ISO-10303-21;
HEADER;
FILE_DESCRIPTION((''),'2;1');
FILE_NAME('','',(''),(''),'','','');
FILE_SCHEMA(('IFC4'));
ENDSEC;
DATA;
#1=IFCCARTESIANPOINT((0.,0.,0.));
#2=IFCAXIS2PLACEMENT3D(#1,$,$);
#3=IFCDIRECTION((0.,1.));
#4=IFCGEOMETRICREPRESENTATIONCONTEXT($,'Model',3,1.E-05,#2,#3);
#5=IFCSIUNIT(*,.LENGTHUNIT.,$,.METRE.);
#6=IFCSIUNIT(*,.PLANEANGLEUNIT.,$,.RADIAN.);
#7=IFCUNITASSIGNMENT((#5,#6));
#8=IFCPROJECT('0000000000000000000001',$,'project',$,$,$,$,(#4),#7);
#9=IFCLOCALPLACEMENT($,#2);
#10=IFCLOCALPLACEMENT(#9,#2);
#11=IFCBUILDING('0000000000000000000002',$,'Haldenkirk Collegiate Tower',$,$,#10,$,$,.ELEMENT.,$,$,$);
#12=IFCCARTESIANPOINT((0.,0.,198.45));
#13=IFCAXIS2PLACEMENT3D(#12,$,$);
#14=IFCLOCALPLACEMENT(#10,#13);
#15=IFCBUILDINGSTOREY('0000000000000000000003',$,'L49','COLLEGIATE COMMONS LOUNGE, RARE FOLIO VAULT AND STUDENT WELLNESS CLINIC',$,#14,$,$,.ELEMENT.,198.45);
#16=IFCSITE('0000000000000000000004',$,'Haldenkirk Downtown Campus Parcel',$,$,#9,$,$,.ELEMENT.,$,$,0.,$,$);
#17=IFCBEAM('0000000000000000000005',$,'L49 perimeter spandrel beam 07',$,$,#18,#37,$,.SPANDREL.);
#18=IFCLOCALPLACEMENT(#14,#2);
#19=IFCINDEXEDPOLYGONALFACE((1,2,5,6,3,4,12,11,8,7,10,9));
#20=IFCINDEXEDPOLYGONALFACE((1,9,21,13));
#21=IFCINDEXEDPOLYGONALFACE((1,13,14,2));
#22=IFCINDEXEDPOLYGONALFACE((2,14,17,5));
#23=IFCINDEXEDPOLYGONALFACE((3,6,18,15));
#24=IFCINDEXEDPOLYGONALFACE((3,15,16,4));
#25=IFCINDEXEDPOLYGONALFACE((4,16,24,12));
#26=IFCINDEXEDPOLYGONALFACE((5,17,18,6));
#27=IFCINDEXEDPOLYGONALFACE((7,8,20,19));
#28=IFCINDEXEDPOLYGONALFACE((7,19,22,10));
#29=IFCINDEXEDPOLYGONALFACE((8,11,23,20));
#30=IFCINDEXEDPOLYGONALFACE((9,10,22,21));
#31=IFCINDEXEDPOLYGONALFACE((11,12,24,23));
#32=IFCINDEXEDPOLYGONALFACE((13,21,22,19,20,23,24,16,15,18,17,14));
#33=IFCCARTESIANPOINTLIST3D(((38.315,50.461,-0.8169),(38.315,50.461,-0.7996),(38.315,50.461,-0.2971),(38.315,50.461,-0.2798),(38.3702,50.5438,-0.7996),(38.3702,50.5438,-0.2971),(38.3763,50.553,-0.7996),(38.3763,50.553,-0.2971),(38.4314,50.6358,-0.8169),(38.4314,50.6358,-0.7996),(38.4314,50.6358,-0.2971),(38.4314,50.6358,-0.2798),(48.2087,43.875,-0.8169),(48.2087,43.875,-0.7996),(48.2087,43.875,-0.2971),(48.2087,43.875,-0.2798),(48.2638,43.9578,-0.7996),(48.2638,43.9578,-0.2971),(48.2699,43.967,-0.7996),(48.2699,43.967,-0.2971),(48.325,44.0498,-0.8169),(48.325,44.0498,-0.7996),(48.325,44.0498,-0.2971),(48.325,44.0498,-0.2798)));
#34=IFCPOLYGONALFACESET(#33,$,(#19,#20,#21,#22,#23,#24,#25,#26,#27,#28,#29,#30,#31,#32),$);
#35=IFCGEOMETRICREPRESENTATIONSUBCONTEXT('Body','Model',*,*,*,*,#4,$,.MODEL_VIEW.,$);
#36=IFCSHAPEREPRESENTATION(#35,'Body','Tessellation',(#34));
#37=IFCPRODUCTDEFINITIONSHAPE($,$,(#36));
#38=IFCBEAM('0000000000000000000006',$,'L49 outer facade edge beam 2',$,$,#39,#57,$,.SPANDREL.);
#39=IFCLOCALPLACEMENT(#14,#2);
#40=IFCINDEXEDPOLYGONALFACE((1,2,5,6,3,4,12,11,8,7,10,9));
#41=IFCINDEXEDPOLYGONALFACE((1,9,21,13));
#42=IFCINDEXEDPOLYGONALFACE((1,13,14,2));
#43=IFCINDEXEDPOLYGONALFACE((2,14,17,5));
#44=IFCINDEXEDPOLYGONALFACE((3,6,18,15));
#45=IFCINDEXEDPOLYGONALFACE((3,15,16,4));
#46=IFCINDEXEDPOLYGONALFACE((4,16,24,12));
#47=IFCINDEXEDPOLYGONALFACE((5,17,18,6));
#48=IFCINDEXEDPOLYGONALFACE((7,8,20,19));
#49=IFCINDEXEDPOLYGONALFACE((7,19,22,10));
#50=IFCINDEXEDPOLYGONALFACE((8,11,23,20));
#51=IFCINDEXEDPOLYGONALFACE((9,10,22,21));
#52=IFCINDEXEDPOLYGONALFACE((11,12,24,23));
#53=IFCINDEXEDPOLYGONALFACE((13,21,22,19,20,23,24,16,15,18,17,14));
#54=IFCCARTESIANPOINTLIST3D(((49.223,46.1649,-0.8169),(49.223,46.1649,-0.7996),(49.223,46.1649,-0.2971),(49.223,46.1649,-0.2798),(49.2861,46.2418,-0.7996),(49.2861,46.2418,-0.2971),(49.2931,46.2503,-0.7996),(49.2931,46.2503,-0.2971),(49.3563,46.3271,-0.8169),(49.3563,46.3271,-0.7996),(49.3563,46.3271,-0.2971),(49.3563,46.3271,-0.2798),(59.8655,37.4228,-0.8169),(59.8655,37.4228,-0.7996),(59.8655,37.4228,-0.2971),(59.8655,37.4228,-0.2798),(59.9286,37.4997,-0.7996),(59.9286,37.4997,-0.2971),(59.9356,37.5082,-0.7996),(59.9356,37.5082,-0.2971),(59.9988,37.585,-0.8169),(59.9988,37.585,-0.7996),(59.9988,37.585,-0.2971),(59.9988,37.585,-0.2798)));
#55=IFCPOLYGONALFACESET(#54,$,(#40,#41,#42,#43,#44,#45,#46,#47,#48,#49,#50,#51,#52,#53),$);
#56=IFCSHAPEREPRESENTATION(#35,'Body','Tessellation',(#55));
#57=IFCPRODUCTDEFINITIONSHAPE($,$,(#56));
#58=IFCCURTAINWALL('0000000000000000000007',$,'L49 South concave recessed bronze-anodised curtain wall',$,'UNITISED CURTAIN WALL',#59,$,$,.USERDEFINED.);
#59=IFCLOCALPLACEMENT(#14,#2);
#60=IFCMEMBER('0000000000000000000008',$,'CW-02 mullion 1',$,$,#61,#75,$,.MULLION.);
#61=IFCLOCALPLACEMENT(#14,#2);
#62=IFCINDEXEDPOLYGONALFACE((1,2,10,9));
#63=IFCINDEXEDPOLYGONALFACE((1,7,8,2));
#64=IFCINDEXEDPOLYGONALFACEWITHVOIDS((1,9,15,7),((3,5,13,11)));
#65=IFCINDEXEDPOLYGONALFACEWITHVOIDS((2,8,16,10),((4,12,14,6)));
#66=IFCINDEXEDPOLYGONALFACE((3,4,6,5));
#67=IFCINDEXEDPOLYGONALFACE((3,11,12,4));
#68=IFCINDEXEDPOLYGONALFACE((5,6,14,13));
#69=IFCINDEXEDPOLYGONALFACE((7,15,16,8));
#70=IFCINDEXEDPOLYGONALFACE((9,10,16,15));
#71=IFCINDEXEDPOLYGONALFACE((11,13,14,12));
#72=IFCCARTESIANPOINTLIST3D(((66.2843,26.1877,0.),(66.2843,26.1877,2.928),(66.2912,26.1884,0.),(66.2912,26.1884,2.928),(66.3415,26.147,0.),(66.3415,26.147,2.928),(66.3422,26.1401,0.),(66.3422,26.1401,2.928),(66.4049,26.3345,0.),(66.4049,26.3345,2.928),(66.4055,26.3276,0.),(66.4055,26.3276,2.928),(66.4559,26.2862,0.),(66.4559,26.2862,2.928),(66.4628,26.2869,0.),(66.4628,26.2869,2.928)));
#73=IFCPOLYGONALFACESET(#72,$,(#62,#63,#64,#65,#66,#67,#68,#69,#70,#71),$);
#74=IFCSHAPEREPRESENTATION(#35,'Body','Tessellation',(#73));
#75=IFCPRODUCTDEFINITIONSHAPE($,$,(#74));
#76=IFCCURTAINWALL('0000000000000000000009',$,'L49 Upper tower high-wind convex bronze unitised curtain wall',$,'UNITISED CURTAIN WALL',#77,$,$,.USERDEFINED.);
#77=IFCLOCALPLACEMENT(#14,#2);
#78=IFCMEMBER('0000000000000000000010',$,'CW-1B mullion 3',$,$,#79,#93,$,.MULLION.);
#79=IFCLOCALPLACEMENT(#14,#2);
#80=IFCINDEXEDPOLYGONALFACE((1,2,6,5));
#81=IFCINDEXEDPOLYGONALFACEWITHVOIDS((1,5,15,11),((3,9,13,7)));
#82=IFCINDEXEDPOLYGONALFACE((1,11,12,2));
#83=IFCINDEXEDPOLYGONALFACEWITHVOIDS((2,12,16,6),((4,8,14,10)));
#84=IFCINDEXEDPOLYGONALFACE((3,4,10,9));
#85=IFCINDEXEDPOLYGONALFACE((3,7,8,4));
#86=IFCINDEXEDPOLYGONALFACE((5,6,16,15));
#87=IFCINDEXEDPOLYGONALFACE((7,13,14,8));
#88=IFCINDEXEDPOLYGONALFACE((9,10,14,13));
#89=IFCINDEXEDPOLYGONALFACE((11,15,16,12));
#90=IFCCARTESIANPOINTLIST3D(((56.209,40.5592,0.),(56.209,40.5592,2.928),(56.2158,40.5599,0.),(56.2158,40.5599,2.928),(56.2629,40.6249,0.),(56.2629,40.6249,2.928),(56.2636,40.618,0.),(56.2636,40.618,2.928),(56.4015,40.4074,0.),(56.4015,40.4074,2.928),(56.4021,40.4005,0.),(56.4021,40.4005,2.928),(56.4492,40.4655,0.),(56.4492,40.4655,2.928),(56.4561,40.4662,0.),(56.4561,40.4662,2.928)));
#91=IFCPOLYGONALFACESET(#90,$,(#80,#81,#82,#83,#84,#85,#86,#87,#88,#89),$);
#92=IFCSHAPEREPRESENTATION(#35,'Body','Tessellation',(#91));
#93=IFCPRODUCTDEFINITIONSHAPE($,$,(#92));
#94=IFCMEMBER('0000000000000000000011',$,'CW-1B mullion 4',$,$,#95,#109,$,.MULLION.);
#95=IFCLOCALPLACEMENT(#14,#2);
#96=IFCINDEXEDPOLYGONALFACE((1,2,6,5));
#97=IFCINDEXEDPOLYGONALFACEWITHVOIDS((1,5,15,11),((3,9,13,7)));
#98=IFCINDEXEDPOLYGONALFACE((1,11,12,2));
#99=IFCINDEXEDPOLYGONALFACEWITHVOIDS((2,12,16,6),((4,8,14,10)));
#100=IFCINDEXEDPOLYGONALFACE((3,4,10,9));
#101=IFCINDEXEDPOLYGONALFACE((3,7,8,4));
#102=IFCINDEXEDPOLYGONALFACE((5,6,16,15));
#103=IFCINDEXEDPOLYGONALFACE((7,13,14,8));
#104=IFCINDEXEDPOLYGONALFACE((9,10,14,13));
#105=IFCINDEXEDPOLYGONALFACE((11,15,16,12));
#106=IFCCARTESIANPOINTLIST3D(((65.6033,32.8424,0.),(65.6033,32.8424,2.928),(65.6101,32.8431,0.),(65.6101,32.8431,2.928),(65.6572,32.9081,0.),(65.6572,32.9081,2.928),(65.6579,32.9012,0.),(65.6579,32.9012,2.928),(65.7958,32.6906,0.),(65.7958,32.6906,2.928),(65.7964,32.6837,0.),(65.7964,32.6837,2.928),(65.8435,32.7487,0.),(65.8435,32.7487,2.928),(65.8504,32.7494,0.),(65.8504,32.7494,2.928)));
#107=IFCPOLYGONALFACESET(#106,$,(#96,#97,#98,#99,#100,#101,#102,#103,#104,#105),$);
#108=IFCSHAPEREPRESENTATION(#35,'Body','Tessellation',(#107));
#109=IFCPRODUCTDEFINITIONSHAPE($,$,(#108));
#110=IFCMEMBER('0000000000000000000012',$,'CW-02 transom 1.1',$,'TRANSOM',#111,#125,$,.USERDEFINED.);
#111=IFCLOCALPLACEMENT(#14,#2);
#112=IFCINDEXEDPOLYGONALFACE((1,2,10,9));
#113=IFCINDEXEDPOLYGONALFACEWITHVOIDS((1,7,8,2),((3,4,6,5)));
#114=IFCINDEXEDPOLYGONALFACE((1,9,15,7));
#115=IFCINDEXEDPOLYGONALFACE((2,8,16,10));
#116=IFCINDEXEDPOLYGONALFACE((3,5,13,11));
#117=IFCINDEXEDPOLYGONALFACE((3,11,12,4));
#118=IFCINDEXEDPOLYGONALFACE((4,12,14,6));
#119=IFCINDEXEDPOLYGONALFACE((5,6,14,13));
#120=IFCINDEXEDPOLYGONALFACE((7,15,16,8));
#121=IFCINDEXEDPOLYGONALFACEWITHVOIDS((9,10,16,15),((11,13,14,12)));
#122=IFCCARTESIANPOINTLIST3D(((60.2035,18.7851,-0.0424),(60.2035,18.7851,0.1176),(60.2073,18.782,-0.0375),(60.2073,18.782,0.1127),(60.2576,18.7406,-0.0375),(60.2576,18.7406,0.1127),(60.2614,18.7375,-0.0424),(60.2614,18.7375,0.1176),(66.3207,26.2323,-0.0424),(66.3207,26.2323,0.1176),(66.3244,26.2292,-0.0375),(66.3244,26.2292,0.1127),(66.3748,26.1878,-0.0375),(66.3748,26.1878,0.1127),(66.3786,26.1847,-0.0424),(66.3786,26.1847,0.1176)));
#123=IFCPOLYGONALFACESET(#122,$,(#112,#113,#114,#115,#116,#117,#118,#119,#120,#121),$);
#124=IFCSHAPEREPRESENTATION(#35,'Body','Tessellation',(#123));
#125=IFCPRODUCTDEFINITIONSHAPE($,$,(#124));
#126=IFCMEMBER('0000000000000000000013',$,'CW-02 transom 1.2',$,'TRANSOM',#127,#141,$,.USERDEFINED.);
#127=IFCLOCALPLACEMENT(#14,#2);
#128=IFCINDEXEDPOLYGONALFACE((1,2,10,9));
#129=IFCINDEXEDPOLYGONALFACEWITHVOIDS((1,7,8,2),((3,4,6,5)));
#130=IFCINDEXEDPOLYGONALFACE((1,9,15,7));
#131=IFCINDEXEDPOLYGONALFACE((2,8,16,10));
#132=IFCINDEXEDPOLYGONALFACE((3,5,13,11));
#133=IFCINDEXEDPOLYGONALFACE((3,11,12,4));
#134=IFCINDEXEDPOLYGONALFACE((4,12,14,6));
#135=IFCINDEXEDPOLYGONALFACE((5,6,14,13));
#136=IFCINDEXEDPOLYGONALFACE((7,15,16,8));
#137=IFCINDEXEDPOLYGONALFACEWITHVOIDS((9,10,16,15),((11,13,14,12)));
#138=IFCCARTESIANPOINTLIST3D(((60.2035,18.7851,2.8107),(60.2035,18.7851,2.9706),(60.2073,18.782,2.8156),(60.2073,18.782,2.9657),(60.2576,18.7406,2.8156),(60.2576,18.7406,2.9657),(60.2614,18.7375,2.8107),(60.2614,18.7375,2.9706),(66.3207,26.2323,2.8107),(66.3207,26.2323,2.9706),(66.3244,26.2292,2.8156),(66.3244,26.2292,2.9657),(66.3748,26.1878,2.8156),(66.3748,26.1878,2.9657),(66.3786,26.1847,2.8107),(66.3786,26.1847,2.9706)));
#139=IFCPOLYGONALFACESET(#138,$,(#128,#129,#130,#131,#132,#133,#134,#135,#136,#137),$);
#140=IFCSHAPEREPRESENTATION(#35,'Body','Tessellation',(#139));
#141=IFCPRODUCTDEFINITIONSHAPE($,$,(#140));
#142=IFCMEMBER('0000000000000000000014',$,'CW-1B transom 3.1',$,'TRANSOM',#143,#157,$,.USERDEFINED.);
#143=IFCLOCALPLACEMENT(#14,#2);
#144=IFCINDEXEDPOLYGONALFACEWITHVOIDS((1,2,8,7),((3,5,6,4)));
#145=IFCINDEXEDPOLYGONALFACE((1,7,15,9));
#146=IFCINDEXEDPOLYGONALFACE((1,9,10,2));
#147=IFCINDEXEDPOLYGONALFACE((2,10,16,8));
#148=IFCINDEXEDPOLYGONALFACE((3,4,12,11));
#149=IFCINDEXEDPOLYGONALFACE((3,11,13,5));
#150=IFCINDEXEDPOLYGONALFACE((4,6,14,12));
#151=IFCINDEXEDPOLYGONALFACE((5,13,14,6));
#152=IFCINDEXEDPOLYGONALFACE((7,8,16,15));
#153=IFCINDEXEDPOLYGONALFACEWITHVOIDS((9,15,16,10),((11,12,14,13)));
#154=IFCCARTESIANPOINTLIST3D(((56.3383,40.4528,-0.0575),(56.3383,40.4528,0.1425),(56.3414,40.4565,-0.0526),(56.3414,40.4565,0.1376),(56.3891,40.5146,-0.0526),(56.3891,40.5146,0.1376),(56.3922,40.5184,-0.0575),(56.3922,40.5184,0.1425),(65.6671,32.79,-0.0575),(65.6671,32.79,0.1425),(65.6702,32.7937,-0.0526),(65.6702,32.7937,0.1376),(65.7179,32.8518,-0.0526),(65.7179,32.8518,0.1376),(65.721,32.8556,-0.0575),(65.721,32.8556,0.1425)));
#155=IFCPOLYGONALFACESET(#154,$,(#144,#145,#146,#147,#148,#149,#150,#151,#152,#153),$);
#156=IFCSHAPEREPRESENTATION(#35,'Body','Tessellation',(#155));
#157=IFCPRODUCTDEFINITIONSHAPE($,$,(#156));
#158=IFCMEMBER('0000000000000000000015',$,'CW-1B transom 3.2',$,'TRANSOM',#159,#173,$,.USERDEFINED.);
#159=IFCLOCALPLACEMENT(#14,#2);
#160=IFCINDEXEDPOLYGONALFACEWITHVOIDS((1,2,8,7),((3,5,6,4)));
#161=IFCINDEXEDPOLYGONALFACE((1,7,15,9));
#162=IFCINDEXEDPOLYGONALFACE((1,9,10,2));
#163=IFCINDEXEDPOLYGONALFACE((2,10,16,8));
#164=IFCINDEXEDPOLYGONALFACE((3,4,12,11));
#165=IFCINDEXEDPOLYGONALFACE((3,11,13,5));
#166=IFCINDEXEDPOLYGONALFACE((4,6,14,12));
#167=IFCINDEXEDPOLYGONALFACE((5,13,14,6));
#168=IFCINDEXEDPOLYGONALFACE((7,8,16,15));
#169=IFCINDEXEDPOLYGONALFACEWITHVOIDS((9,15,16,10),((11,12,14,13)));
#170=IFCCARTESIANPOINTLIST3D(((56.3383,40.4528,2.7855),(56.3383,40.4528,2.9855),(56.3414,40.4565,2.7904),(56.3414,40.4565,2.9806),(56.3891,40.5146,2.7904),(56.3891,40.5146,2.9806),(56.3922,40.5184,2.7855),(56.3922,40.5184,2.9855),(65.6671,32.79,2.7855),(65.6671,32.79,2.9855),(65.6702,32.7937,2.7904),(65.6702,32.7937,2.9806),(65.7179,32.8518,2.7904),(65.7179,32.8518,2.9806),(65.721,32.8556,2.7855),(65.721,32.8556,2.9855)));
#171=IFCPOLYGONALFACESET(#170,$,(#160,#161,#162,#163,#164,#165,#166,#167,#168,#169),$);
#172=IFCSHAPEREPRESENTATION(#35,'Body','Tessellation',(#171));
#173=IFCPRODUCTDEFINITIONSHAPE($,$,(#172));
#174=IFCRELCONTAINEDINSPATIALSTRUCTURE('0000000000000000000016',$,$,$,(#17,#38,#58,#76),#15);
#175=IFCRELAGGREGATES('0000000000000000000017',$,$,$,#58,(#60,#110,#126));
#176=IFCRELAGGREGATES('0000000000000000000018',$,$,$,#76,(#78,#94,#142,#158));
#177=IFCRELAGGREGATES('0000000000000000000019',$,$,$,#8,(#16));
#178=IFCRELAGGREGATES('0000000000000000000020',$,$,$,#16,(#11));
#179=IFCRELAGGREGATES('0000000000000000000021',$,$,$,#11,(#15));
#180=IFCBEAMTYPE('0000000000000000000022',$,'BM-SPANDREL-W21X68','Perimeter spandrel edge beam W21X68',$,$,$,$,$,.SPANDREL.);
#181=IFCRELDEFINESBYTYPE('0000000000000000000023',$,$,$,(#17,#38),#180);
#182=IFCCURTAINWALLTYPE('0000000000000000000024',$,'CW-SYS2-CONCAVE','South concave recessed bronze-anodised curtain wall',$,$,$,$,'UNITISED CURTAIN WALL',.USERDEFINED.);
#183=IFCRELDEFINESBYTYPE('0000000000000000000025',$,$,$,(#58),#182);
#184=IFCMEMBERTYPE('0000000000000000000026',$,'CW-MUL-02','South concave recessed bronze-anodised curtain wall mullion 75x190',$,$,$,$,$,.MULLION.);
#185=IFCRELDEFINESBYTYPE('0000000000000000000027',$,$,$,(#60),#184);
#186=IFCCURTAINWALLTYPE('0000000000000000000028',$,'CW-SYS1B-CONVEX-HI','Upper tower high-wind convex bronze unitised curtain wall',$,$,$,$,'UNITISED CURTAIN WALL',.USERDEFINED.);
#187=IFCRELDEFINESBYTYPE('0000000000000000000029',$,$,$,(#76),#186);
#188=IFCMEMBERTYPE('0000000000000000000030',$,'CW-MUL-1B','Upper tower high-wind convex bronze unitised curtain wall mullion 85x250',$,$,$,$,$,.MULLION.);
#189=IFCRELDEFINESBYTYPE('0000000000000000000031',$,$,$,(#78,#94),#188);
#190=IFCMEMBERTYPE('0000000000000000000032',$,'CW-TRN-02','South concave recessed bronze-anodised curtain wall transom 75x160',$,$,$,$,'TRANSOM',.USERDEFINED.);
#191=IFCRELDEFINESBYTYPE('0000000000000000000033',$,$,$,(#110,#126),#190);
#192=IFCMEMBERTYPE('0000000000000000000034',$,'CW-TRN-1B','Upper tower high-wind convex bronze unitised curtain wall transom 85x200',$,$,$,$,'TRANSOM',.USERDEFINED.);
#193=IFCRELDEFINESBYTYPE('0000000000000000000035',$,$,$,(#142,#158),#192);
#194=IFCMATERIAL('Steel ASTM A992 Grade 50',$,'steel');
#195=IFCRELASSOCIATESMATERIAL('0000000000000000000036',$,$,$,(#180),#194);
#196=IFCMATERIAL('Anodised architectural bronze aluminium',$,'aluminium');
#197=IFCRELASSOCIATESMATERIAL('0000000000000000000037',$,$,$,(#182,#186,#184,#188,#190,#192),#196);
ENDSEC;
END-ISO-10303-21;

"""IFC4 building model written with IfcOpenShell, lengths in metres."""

from ifc_helpers import new_model, si_unit, direction, frame, origin, origin_2d, place, context, subcontext, project, spatial, hollow_rectangle, i_section, extrude, material, material_profile, profile_set, type_object, element, aggregate, save


model = new_model("IFC4")

# Units and contexts
model_context = context("Model", 3, precision=1e-05, world=origin(), true_north=direction((0.0, 1.0)))
body_context = subcontext(model_context, "Body", "Model", "MODEL_VIEW")
ifc_project = project(units=[si_unit("LENGTHUNIT", "METRE"), si_unit("PLANEANGLEUNIT", "RADIAN")], contexts=[model_context])

# Site, building, storey
site_placement = place(None, origin())
site = spatial("IfcSite", under=ifc_project, at=site_placement, Name="Haldenkirk Downtown Campus Parcel", CompositionType="ELEMENT", RefElevation=0.0)
building_placement = place(site_placement, origin())
building = spatial("IfcBuilding", under=site, at=building_placement, Name="Haldenkirk Collegiate Tower", CompositionType="ELEMENT")
storey_placement = place(building_placement, frame((0.0, 0.0, 198.45)))
storey = spatial("IfcBuildingStorey", under=building, at=storey_placement, Name="L49", Description="COLLEGIATE COMMONS LOUNGE, RARE FOLIO VAULT AND STUDENT WELLNESS CLINIC", CompositionType="ELEMENT", Elevation=198.45)

# Beams
ifc_material_1 = material(Name="Steel ASTM A992 Grade 50", Category="steel")
ifc_material_profile_1 = material_profile(ifc_material_1, i_section(OverallWidth=0.21, OverallDepth=0.5371, WebThickness=0.011, FlangeThickness=0.0173, at=origin_2d()), Name="W21X68")
ifc_profile_set_1 = profile_set([ifc_material_profile_1], Name="Steel ASTM A992 Grade 50")
beam_type_1 = type_object("IfcBeamType", Name="BM-SPANDREL-W21X68", Description="Perimeter spandrel edge beam W21X68", PredefinedType="SPANDREL", material=ifc_profile_set_1)
beam_1_placement = place(storey_placement, frame((48.2668, 43.9624, -0.5483), z_axis=(-0.832429, 0.554131, 0.0), x_axis=(-0.554131, -0.832429, 0.0)))
element("IfcBeam", 1, at=beam_1_placement, inside=storey, type_object=beam_type_1, Name="L49 perimeter spandrel beam 07", PredefinedType="SPANDREL", context=body_context, shape_type="SweptSolid", body=[
    extrude(i_section(OverallWidth=0.21, OverallDepth=0.5371, WebThickness=0.011, FlangeThickness=0.0173, at=origin_2d()), origin(), (0.0, 0.0, 1.0), 11.8853),
])
beam_2_placement = place(storey_placement, frame((59.9321, 37.5039, -0.5483), z_axis=(-0.772724, 0.634742, 0.0), x_axis=(-0.634742, -0.772724, 0.0)))
element("IfcBeam", 2, at=beam_2_placement, inside=storey, type_object=beam_type_1, Name="L49 outer facade edge beam 2", PredefinedType="SPANDREL", context=body_context, shape_type="SweptSolid", body=[
    extrude(i_section(OverallWidth=0.21, OverallDepth=0.5371, WebThickness=0.011, FlangeThickness=0.0173, at=origin_2d()), origin(), (0.0, 0.0, 1.0), 13.7727),
])

# Curtain wall, member
ifc_material_2 = material(Name="Anodised architectural bronze aluminium", Category="aluminium")
curtain_wall_type_1 = type_object("IfcCurtainWallType", Name="CW-SYS2-CONCAVE", Description="South concave recessed bronze-anodised curtain wall", ElementType="UNITISED CURTAIN WALL", PredefinedType="USERDEFINED", material=ifc_material_2)
curtain_wall_1_placement = place(storey_placement, origin())
curtain_wall_1 = element("IfcCurtainWall", 3, at=curtain_wall_1_placement, inside=storey, type_object=curtain_wall_type_1, Name="L49 South concave recessed bronze-anodised curtain wall", ObjectType="UNITISED CURTAIN WALL", PredefinedType="USERDEFINED")
ifc_material_profile_2 = material_profile(ifc_material_2, hollow_rectangle(XDim=0.075, YDim=0.1899, WallThickness=0.0049, at=origin_2d()), Name="CW-MUL-02")
ifc_profile_set_2 = profile_set([ifc_material_profile_2], Name="Anodised architectural bronze aluminium")
member_type_1 = type_object("IfcMemberType", Name="CW-MUL-02", Description="South concave recessed bronze-anodised curtain wall mullion 75x190", PredefinedType="MULLION", material=ifc_profile_set_2)
member_1_placement = place(storey_placement, frame((66.3735, 26.2373, 0.0), z_axis=(0.0, 0.0, 1.0), x_axis=(0.772734, -0.634731, 0.0)))
member_1 = element("IfcMember", 4, at=member_1_placement, type_object=member_type_1, Name="CW-02 mullion 1", PredefinedType="MULLION", context=body_context, shape_type="SweptSolid", body=[
    extrude(hollow_rectangle(XDim=0.075, YDim=0.1899, WallThickness=0.0049, at=origin_2d()), origin(), (0.0, 0.0, 1.0), 2.928),
])

# Curtain wall, members
curtain_wall_type_2 = type_object("IfcCurtainWallType", Name="CW-SYS1B-CONVEX-HI", Description="Upper tower high-wind convex bronze unitised curtain wall", ElementType="UNITISED CURTAIN WALL", PredefinedType="USERDEFINED", material=ifc_material_2)
curtain_wall_2_placement = place(storey_placement, origin())
curtain_wall_2 = element("IfcCurtainWall", 5, at=curtain_wall_2_placement, inside=storey, type_object=curtain_wall_type_2, Name="L49 Upper tower high-wind convex bronze unitised curtain wall", ObjectType="UNITISED CURTAIN WALL", PredefinedType="USERDEFINED")
ifc_material_profile_3 = material_profile(ifc_material_2, hollow_rectangle(XDim=0.085, YDim=0.25, WallThickness=0.0049, at=origin_2d()), Name="CW-MUL-1B")
ifc_profile_set_3 = profile_set([ifc_material_profile_3], Name="Anodised architectural bronze aluminium")
member_type_2 = type_object("IfcMemberType", Name="CW-MUL-1B", Description="Upper tower high-wind convex bronze unitised curtain wall mullion 85x250", PredefinedType="MULLION", material=ifc_profile_set_3)
member_2_placement = place(storey_placement, frame((56.3325, 40.5127, 0.0), z_axis=(0.0, 0.0, 1.0), x_axis=(0.634732, 0.772732, 0.0)))
member_2 = element("IfcMember", 6, at=member_2_placement, type_object=member_type_2, Name="CW-1B mullion 3", PredefinedType="MULLION", context=body_context, shape_type="SweptSolid", body=[
    extrude(hollow_rectangle(XDim=0.085, YDim=0.25, WallThickness=0.0049, at=origin_2d()), origin(), (0.0, 0.0, 1.0), 2.928),
])
member_3_placement = place(storey_placement, frame((65.7268, 32.7959, 0.0), z_axis=(0.0, 0.0, 1.0), x_axis=(0.634732, 0.772732, 0.0)))
member_3 = element("IfcMember", 7, at=member_3_placement, type_object=member_type_2, Name="CW-1B mullion 4", PredefinedType="MULLION", context=body_context, shape_type="SweptSolid", body=[
    extrude(hollow_rectangle(XDim=0.085, YDim=0.25, WallThickness=0.0049, at=origin_2d()), origin(), (0.0, 0.0, 1.0), 2.928),
])

# Members
ifc_material_profile_4 = material_profile(ifc_material_2, hollow_rectangle(XDim=0.075, YDim=0.1599, WallThickness=0.0049, at=origin_2d()), Name="CW-TRN-02")
ifc_profile_set_4 = profile_set([ifc_material_profile_4], Name="Anodised architectural bronze aluminium")
member_type_3 = type_object("IfcMemberType", Name="CW-TRN-02", Description="South concave recessed bronze-anodised curtain wall transom 75x160", ElementType="TRANSOM", PredefinedType="USERDEFINED", material=ifc_profile_set_4)
member_4_placement = place(storey_placement, frame((66.3496, 26.2085, 0.0376), z_axis=(-0.634726, -0.772737, 0.0), x_axis=(0.772737, -0.634726, 0.0)))
member_4 = element("IfcMember", 8, at=member_4_placement, type_object=member_type_3, Name="CW-02 transom 1.1", ObjectType="TRANSOM", PredefinedType="USERDEFINED", context=body_context, shape_type="SweptSolid", body=[
    extrude(hollow_rectangle(XDim=0.075, YDim=0.1599, WallThickness=0.0049, at=origin_2d()), origin(), (0.0, 0.0, 1.0), 9.6375),
])
member_5_placement = place(storey_placement, frame((66.3496, 26.2085, 2.8906), z_axis=(-0.634726, -0.772737, 0.0), x_axis=(0.772737, -0.634726, 0.0)))
member_5 = element("IfcMember", 9, at=member_5_placement, type_object=member_type_3, Name="CW-02 transom 1.2", ObjectType="TRANSOM", PredefinedType="USERDEFINED", context=body_context, shape_type="SweptSolid", body=[
    extrude(hollow_rectangle(XDim=0.075, YDim=0.1599, WallThickness=0.0049, at=origin_2d()), origin(), (0.0, 0.0, 1.0), 9.6375),
])
aggregate(curtain_wall_1, [member_1, member_4, member_5])
ifc_material_profile_5 = material_profile(ifc_material_2, hollow_rectangle(XDim=0.085, YDim=0.2, WallThickness=0.0049, at=origin_2d()), Name="CW-TRN-1B")
ifc_profile_set_5 = profile_set([ifc_material_profile_5], Name="Anodised architectural bronze aluminium")
member_type_4 = type_object("IfcMemberType", Name="CW-TRN-1B", Description="Upper tower high-wind convex bronze unitised curtain wall transom 85x200", ElementType="TRANSOM", PredefinedType="USERDEFINED", material=ifc_profile_set_5)
member_6_placement = place(storey_placement, frame((56.3652, 40.4856, 0.0425), z_axis=(0.772732, -0.634732, 0.0), x_axis=(0.634732, 0.772732, 0.0)))
member_6 = element("IfcMember", 10, at=member_6_placement, type_object=member_type_4, Name="CW-1B transom 3.1", ObjectType="TRANSOM", PredefinedType="USERDEFINED", context=body_context, shape_type="SweptSolid", body=[
    extrude(hollow_rectangle(XDim=0.085, YDim=0.2, WallThickness=0.0049, at=origin_2d()), origin(), (0.0, 0.0, 1.0), 12.0725),
])
member_7_placement = place(storey_placement, frame((56.3652, 40.4856, 2.8855), z_axis=(0.772732, -0.634732, 0.0), x_axis=(0.634732, 0.772732, 0.0)))
member_7 = element("IfcMember", 11, at=member_7_placement, type_object=member_type_4, Name="CW-1B transom 3.2", ObjectType="TRANSOM", PredefinedType="USERDEFINED", context=body_context, shape_type="SweptSolid", body=[
    extrude(hollow_rectangle(XDim=0.085, YDim=0.2, WallThickness=0.0049, at=origin_2d()), origin(), (0.0, 0.0, 1.0), 12.0725),
])

aggregate(curtain_wall_2, [member_2, member_3, member_6, member_7])

save(model, "model.ifc")
